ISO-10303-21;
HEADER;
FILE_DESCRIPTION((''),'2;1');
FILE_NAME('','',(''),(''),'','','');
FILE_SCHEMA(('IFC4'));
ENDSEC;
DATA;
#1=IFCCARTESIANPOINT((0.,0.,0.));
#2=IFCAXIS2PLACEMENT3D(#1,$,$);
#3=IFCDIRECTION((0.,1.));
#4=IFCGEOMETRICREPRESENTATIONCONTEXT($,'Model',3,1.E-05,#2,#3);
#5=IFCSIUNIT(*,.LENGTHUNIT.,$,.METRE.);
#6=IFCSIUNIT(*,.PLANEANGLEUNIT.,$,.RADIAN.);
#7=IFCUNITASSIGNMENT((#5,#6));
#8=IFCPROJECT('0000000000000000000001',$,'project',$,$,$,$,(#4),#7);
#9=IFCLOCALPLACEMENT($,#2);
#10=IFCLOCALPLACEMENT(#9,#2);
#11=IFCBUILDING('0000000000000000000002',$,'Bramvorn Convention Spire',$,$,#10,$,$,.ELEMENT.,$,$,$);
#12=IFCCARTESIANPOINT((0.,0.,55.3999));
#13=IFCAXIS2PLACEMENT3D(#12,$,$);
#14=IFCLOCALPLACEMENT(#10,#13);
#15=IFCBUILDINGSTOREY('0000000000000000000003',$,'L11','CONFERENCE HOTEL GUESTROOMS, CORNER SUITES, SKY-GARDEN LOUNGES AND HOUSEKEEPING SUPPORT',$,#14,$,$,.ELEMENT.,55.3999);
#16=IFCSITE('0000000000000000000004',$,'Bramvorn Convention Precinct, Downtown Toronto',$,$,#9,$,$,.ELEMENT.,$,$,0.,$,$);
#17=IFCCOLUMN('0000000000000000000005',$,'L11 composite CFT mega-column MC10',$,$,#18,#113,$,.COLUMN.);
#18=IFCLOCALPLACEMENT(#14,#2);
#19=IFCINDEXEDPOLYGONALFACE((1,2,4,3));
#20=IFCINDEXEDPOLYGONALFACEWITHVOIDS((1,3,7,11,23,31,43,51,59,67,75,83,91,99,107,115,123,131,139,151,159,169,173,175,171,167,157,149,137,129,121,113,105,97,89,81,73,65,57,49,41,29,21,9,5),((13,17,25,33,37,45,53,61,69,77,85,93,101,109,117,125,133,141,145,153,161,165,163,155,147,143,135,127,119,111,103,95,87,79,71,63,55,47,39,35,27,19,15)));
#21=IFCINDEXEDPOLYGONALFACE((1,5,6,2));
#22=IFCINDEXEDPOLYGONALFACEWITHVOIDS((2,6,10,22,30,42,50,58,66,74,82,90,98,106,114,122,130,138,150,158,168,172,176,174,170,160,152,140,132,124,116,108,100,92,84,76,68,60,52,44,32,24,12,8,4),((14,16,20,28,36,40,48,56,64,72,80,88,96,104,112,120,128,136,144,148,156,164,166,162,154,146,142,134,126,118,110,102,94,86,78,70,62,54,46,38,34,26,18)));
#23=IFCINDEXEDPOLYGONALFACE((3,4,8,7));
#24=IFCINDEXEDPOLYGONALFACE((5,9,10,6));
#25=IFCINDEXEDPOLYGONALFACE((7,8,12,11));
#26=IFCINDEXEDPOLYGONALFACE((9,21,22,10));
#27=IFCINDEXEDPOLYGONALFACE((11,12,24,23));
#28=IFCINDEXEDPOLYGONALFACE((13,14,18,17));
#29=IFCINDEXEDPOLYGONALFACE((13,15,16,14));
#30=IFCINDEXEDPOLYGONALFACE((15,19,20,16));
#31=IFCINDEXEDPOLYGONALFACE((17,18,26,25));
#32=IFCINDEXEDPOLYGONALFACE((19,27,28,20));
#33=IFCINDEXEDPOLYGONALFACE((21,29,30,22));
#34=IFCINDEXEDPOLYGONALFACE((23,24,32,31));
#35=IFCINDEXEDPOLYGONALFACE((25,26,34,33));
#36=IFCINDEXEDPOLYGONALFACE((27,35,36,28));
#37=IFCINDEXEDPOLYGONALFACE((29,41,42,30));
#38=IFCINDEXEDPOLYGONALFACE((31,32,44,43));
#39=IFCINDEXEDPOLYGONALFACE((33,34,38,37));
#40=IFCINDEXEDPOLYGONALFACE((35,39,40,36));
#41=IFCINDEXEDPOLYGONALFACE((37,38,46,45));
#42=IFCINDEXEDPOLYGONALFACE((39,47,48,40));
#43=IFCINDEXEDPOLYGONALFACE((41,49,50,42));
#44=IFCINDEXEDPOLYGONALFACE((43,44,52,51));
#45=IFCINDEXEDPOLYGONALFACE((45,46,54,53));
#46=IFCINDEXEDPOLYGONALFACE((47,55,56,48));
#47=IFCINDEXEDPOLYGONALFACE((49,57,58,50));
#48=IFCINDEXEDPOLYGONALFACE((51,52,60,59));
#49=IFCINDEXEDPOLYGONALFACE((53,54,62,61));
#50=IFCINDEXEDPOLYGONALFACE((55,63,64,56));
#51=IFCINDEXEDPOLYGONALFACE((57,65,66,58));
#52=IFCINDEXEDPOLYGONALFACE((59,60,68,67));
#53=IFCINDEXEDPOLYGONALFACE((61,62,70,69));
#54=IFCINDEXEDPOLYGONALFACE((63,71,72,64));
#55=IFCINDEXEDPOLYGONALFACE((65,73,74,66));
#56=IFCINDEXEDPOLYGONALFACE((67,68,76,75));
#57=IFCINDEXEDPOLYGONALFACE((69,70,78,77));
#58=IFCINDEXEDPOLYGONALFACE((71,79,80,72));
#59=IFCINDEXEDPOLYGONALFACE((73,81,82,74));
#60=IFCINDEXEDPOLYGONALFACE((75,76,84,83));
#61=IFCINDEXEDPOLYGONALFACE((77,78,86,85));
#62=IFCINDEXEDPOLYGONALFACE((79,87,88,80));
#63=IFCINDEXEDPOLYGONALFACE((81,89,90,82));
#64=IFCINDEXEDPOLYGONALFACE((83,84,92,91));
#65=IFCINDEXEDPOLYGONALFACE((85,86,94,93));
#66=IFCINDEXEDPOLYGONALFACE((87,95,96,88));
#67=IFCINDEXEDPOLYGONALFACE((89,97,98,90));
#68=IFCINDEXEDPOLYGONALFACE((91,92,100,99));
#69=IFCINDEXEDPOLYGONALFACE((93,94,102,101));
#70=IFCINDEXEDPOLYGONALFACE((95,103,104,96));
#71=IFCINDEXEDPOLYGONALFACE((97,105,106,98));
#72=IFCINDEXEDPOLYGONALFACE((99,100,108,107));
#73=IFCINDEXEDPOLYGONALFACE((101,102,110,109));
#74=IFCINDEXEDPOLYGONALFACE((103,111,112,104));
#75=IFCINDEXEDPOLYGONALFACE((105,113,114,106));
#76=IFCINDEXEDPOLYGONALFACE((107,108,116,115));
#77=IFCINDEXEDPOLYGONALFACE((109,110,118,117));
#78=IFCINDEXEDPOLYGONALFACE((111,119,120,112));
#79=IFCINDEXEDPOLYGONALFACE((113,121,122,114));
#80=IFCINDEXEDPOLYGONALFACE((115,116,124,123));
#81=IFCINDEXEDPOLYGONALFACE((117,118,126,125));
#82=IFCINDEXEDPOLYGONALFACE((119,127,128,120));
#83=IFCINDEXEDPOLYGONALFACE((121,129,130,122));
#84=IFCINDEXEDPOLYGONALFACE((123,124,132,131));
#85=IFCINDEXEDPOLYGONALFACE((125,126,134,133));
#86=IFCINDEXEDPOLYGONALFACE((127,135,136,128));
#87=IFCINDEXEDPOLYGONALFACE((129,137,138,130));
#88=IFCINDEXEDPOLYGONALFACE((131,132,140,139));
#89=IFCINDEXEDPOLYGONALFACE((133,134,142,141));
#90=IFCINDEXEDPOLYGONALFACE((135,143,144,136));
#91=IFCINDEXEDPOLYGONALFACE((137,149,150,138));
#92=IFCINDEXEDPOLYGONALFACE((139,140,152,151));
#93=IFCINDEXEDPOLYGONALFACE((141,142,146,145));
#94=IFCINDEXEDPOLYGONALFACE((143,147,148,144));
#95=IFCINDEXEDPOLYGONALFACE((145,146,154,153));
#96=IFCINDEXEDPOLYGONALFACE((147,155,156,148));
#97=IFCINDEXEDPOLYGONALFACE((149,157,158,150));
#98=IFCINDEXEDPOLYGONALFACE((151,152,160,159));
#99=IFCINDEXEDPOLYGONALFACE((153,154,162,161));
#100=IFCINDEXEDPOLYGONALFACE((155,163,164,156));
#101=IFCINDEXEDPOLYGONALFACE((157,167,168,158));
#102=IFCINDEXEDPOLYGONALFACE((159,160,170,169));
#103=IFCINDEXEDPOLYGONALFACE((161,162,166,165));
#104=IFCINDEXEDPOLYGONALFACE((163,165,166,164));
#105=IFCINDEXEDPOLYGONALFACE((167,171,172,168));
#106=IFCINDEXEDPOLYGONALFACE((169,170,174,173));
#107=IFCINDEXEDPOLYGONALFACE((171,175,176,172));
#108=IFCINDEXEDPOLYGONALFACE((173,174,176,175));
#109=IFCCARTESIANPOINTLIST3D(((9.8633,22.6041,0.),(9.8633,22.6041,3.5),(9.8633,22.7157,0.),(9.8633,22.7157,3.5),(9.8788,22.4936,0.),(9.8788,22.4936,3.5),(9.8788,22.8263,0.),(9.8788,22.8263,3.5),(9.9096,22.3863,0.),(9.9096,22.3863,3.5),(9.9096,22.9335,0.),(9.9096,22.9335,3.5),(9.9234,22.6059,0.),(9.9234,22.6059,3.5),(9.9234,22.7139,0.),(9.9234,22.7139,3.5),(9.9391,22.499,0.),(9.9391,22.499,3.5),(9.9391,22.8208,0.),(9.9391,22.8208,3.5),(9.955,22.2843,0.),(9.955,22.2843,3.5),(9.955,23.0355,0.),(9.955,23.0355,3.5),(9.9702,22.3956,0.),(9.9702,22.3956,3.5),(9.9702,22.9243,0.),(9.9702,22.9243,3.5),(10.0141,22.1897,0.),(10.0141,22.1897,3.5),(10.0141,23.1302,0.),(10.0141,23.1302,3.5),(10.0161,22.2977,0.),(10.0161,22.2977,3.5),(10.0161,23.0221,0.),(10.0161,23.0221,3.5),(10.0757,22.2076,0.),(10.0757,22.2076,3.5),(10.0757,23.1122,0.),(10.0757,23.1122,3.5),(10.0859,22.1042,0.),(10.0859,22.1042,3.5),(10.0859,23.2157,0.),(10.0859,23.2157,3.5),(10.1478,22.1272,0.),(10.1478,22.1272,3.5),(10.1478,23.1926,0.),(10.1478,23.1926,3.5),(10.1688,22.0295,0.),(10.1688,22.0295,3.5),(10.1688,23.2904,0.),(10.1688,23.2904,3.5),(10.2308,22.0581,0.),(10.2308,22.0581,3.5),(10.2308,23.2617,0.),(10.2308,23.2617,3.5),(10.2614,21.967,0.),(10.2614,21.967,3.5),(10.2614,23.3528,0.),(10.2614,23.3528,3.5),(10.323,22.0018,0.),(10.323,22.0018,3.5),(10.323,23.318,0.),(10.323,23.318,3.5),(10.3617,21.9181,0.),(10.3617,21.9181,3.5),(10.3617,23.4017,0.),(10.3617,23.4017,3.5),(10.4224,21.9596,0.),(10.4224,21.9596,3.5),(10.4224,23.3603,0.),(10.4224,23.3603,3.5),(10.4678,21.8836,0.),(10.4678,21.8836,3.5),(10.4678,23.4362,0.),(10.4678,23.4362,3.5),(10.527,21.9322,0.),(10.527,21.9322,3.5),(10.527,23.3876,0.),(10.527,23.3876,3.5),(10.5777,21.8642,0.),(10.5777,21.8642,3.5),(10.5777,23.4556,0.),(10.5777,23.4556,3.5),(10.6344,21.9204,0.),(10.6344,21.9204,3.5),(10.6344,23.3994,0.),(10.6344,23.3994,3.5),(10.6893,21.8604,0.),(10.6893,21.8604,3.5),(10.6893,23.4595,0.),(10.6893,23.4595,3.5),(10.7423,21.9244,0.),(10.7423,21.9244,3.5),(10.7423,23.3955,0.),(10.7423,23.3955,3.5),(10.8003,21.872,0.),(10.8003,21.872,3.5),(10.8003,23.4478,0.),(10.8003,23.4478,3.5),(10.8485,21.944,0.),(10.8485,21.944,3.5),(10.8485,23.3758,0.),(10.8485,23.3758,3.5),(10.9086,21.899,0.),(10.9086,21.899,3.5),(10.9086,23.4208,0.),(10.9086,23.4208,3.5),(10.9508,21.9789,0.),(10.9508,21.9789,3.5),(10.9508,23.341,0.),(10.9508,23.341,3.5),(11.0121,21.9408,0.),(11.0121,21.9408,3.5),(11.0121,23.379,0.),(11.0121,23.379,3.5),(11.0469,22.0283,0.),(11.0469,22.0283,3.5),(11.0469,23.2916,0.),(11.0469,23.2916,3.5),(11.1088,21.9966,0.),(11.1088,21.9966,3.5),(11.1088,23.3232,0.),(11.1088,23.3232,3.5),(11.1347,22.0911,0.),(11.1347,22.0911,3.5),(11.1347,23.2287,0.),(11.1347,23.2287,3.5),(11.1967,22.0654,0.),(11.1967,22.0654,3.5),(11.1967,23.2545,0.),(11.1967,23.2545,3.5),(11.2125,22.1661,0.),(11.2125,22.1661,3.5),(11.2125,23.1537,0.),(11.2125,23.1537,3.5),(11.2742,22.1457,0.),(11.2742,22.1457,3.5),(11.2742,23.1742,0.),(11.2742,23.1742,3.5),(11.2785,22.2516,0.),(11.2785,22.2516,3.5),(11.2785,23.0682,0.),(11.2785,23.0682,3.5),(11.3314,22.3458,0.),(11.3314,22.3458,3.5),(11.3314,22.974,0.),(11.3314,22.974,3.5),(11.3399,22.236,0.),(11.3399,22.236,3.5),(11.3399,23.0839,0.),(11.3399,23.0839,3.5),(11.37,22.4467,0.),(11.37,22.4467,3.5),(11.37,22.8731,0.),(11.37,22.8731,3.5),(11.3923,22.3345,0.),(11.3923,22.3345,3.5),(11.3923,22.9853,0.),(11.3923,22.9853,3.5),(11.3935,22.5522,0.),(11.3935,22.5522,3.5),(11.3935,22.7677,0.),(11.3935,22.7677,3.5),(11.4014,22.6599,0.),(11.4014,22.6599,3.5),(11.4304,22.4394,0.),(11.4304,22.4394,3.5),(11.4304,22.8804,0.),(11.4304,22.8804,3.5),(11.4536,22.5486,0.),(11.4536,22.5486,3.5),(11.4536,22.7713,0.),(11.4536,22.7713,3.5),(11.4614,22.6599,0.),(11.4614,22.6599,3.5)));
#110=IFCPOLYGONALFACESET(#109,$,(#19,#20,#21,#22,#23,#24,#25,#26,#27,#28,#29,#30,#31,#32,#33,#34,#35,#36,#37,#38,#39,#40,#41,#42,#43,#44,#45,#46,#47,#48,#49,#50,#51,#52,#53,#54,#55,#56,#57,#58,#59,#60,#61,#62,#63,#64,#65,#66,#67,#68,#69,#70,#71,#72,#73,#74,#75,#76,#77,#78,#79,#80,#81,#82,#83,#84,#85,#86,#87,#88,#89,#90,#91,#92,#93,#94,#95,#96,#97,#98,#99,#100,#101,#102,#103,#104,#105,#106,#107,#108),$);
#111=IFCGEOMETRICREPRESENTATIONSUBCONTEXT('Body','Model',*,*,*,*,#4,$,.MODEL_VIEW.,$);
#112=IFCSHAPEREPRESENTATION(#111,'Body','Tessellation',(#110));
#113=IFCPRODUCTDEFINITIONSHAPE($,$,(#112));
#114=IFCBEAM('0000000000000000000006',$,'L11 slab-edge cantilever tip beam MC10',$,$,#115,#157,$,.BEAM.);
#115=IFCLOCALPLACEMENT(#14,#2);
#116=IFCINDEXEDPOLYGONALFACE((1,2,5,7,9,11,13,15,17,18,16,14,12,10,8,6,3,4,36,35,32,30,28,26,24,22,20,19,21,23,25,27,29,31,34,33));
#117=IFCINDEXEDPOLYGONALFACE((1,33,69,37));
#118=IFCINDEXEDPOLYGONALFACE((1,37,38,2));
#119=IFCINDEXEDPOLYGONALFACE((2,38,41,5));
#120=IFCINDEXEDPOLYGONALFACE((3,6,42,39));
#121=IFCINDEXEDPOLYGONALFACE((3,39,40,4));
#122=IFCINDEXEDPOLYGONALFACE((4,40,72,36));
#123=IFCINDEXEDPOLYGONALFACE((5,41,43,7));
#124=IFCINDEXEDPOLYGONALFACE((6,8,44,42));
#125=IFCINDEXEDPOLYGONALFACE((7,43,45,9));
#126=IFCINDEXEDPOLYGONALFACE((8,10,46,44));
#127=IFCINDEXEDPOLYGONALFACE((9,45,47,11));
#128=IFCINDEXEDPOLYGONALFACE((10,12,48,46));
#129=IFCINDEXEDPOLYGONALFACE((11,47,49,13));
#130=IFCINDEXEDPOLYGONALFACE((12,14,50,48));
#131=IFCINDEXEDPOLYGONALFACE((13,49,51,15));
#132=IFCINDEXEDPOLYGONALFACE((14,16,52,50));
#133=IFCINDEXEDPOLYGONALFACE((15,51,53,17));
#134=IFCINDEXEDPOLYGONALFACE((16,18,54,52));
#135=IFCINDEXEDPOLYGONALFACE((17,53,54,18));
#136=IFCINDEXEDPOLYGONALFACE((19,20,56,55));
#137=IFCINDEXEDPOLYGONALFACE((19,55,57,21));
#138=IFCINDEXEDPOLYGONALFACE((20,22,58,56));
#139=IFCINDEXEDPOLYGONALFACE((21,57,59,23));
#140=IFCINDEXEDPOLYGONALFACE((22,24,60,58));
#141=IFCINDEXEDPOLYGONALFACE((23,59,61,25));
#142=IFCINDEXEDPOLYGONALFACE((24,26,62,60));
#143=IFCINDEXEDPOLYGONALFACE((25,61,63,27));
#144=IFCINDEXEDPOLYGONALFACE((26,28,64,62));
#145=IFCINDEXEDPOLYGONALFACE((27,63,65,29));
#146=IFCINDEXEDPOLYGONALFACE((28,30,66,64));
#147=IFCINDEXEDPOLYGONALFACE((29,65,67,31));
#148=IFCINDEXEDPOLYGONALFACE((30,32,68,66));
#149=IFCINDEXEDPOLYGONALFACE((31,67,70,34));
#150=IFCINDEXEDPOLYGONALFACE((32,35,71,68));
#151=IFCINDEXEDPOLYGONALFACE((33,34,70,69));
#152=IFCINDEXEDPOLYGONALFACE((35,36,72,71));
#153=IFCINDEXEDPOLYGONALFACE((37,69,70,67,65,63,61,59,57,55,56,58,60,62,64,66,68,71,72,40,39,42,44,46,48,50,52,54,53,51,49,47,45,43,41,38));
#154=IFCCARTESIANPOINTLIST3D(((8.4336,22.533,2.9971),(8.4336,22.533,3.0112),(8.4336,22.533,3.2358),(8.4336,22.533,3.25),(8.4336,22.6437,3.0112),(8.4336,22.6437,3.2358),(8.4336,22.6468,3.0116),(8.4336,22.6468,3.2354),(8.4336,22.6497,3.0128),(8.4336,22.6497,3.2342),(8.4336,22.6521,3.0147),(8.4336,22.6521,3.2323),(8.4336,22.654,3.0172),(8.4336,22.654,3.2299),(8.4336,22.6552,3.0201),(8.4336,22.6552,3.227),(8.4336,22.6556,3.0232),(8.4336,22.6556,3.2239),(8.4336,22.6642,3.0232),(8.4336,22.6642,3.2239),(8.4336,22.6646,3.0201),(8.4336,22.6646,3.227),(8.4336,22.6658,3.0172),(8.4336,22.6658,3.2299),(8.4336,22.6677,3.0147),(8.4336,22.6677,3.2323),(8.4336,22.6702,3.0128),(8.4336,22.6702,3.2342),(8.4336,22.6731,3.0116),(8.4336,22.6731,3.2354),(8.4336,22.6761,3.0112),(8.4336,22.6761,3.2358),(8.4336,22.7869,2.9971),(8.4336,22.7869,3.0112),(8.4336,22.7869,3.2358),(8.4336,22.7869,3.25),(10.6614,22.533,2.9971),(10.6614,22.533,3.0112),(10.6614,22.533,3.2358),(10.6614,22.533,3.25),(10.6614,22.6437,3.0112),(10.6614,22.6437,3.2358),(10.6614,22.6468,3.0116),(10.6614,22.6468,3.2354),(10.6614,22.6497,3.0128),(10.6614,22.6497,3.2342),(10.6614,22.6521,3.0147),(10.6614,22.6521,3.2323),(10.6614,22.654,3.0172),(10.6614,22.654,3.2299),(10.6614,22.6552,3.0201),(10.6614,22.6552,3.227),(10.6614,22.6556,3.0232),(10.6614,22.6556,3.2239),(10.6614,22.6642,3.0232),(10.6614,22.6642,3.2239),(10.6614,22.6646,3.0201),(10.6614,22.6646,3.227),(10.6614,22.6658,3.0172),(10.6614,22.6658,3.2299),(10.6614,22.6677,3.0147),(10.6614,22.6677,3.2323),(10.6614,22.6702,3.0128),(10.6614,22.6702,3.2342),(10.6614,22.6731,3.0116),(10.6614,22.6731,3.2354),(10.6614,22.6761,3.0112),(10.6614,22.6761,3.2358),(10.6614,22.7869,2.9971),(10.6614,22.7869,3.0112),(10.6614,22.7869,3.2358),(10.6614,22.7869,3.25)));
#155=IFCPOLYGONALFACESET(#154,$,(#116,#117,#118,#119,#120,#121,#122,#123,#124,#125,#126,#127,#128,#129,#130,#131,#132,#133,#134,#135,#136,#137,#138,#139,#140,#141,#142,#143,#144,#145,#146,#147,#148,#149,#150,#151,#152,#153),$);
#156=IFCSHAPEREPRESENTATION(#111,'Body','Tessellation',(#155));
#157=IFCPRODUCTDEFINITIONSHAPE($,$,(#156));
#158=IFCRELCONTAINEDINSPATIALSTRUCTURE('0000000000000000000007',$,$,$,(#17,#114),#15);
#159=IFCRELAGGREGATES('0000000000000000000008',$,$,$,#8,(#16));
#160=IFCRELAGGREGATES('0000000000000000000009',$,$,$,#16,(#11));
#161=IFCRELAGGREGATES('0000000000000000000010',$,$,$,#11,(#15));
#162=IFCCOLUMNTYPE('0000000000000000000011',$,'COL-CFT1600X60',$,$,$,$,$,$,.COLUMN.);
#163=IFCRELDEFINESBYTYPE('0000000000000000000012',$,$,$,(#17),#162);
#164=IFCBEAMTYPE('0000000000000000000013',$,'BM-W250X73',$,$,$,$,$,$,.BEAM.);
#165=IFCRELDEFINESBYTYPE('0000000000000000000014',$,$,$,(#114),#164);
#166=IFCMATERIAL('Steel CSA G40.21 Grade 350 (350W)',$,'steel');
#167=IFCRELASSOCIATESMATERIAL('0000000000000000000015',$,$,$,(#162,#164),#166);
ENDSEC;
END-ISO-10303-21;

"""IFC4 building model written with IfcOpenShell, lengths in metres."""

from ifc_helpers import new_model, si_unit, direction, frame, origin, origin_2d, place, context, subcontext, project, spatial, hollow_circle, i_section, extrude, material, material_profile, profile_set, type_object, element, save


model = new_model("IFC4")

# Units and contexts
model_context = context("Model", 3, precision=1e-05, world=origin(), true_north=direction((0.0, 1.0)))
body_context = subcontext(model_context, "Body", "Model", "MODEL_VIEW")
ifc_project = project(units=[si_unit("LENGTHUNIT", "METRE"), si_unit("PLANEANGLEUNIT", "RADIAN")], contexts=[model_context])

# Site, building, storey
site_placement = place(None, origin())
site = spatial("IfcSite", under=ifc_project, at=site_placement, Name="Bramvorn Convention Precinct, Downtown Toronto", CompositionType="ELEMENT", RefElevation=0.0)
building_placement = place(site_placement, origin())
building = spatial("IfcBuilding", under=site, at=building_placement, Name="Bramvorn Convention Spire", CompositionType="ELEMENT")
storey_placement = place(building_placement, frame((0.0, 0.0, 55.3999)))
storey = spatial("IfcBuildingStorey", under=building, at=storey_placement, Name="L11", Description="CONFERENCE HOTEL GUESTROOMS, CORNER SUITES, SKY-GARDEN LOUNGES AND HOUSEKEEPING SUPPORT", CompositionType="ELEMENT", Elevation=55.3999)

# Column
ifc_material_1 = material(Name="Steel CSA G40.21 Grade 350 (350W)", Category="steel")
ifc_material_profile_1 = material_profile(ifc_material_1, hollow_circle(Radius=0.8, WallThickness=0.0601, at=origin_2d()))
ifc_profile_set_1 = profile_set([ifc_material_profile_1], Name="Steel CSA G40.21 Grade 350 (350W) - CFT1600X60")
column_type = type_object("IfcColumnType", Name="COL-CFT1600X60", PredefinedType="COLUMN", material=ifc_profile_set_1)
column_placement = place(storey_placement, frame((10.6614, 22.6599, 0.0), z_axis=(0.0, 0.0, 1.0), x_axis=(1.0, 0.0, 0.0)))
element("IfcColumn", 1, at=column_placement, inside=storey, type_object=column_type, Name="L11 composite CFT mega-column MC10", PredefinedType="COLUMN", context=body_context, shape_type="SweptSolid", body=[
    extrude(hollow_circle(Radius=0.8, WallThickness=0.0601, at=origin_2d()), origin(), (0.0, 0.0, 1.0), 3.5),
])

# Beam
ifc_material_profile_2 = material_profile(ifc_material_1, i_section(OverallWidth=0.2539, OverallDepth=0.2529, WebThickness=0.0085, FlangeThickness=0.0142, FilletRadius=0.012, at=origin_2d()))
ifc_profile_set_2 = profile_set([ifc_material_profile_2], Name="Steel CSA G40.21 Grade 350 (350W) - W250X73")
beam_type_1 = type_object("IfcBeamType", Name="BM-W250X73", PredefinedType="BEAM", material=ifc_profile_set_2)
beam_1_placement = place(storey_placement, frame((10.6614, 22.6599, 3.1235), z_axis=(-1.0, 0.0, 0.0), x_axis=(0.0, -1.0, 0.0)))
element("IfcBeam", 2, at=beam_1_placement, inside=storey, type_object=beam_type_1, Name="L11 slab-edge cantilever tip beam MC10", PredefinedType="BEAM", context=body_context, shape_type="SweptSolid", body=[
    extrude(i_section(OverallWidth=0.2539, OverallDepth=0.2529, WebThickness=0.0085, FlangeThickness=0.0142, FilletRadius=0.012, at=origin_2d()), origin(), (0.0, 0.0, 1.0), 2.2278),
])

save(model, "model.ifc")
